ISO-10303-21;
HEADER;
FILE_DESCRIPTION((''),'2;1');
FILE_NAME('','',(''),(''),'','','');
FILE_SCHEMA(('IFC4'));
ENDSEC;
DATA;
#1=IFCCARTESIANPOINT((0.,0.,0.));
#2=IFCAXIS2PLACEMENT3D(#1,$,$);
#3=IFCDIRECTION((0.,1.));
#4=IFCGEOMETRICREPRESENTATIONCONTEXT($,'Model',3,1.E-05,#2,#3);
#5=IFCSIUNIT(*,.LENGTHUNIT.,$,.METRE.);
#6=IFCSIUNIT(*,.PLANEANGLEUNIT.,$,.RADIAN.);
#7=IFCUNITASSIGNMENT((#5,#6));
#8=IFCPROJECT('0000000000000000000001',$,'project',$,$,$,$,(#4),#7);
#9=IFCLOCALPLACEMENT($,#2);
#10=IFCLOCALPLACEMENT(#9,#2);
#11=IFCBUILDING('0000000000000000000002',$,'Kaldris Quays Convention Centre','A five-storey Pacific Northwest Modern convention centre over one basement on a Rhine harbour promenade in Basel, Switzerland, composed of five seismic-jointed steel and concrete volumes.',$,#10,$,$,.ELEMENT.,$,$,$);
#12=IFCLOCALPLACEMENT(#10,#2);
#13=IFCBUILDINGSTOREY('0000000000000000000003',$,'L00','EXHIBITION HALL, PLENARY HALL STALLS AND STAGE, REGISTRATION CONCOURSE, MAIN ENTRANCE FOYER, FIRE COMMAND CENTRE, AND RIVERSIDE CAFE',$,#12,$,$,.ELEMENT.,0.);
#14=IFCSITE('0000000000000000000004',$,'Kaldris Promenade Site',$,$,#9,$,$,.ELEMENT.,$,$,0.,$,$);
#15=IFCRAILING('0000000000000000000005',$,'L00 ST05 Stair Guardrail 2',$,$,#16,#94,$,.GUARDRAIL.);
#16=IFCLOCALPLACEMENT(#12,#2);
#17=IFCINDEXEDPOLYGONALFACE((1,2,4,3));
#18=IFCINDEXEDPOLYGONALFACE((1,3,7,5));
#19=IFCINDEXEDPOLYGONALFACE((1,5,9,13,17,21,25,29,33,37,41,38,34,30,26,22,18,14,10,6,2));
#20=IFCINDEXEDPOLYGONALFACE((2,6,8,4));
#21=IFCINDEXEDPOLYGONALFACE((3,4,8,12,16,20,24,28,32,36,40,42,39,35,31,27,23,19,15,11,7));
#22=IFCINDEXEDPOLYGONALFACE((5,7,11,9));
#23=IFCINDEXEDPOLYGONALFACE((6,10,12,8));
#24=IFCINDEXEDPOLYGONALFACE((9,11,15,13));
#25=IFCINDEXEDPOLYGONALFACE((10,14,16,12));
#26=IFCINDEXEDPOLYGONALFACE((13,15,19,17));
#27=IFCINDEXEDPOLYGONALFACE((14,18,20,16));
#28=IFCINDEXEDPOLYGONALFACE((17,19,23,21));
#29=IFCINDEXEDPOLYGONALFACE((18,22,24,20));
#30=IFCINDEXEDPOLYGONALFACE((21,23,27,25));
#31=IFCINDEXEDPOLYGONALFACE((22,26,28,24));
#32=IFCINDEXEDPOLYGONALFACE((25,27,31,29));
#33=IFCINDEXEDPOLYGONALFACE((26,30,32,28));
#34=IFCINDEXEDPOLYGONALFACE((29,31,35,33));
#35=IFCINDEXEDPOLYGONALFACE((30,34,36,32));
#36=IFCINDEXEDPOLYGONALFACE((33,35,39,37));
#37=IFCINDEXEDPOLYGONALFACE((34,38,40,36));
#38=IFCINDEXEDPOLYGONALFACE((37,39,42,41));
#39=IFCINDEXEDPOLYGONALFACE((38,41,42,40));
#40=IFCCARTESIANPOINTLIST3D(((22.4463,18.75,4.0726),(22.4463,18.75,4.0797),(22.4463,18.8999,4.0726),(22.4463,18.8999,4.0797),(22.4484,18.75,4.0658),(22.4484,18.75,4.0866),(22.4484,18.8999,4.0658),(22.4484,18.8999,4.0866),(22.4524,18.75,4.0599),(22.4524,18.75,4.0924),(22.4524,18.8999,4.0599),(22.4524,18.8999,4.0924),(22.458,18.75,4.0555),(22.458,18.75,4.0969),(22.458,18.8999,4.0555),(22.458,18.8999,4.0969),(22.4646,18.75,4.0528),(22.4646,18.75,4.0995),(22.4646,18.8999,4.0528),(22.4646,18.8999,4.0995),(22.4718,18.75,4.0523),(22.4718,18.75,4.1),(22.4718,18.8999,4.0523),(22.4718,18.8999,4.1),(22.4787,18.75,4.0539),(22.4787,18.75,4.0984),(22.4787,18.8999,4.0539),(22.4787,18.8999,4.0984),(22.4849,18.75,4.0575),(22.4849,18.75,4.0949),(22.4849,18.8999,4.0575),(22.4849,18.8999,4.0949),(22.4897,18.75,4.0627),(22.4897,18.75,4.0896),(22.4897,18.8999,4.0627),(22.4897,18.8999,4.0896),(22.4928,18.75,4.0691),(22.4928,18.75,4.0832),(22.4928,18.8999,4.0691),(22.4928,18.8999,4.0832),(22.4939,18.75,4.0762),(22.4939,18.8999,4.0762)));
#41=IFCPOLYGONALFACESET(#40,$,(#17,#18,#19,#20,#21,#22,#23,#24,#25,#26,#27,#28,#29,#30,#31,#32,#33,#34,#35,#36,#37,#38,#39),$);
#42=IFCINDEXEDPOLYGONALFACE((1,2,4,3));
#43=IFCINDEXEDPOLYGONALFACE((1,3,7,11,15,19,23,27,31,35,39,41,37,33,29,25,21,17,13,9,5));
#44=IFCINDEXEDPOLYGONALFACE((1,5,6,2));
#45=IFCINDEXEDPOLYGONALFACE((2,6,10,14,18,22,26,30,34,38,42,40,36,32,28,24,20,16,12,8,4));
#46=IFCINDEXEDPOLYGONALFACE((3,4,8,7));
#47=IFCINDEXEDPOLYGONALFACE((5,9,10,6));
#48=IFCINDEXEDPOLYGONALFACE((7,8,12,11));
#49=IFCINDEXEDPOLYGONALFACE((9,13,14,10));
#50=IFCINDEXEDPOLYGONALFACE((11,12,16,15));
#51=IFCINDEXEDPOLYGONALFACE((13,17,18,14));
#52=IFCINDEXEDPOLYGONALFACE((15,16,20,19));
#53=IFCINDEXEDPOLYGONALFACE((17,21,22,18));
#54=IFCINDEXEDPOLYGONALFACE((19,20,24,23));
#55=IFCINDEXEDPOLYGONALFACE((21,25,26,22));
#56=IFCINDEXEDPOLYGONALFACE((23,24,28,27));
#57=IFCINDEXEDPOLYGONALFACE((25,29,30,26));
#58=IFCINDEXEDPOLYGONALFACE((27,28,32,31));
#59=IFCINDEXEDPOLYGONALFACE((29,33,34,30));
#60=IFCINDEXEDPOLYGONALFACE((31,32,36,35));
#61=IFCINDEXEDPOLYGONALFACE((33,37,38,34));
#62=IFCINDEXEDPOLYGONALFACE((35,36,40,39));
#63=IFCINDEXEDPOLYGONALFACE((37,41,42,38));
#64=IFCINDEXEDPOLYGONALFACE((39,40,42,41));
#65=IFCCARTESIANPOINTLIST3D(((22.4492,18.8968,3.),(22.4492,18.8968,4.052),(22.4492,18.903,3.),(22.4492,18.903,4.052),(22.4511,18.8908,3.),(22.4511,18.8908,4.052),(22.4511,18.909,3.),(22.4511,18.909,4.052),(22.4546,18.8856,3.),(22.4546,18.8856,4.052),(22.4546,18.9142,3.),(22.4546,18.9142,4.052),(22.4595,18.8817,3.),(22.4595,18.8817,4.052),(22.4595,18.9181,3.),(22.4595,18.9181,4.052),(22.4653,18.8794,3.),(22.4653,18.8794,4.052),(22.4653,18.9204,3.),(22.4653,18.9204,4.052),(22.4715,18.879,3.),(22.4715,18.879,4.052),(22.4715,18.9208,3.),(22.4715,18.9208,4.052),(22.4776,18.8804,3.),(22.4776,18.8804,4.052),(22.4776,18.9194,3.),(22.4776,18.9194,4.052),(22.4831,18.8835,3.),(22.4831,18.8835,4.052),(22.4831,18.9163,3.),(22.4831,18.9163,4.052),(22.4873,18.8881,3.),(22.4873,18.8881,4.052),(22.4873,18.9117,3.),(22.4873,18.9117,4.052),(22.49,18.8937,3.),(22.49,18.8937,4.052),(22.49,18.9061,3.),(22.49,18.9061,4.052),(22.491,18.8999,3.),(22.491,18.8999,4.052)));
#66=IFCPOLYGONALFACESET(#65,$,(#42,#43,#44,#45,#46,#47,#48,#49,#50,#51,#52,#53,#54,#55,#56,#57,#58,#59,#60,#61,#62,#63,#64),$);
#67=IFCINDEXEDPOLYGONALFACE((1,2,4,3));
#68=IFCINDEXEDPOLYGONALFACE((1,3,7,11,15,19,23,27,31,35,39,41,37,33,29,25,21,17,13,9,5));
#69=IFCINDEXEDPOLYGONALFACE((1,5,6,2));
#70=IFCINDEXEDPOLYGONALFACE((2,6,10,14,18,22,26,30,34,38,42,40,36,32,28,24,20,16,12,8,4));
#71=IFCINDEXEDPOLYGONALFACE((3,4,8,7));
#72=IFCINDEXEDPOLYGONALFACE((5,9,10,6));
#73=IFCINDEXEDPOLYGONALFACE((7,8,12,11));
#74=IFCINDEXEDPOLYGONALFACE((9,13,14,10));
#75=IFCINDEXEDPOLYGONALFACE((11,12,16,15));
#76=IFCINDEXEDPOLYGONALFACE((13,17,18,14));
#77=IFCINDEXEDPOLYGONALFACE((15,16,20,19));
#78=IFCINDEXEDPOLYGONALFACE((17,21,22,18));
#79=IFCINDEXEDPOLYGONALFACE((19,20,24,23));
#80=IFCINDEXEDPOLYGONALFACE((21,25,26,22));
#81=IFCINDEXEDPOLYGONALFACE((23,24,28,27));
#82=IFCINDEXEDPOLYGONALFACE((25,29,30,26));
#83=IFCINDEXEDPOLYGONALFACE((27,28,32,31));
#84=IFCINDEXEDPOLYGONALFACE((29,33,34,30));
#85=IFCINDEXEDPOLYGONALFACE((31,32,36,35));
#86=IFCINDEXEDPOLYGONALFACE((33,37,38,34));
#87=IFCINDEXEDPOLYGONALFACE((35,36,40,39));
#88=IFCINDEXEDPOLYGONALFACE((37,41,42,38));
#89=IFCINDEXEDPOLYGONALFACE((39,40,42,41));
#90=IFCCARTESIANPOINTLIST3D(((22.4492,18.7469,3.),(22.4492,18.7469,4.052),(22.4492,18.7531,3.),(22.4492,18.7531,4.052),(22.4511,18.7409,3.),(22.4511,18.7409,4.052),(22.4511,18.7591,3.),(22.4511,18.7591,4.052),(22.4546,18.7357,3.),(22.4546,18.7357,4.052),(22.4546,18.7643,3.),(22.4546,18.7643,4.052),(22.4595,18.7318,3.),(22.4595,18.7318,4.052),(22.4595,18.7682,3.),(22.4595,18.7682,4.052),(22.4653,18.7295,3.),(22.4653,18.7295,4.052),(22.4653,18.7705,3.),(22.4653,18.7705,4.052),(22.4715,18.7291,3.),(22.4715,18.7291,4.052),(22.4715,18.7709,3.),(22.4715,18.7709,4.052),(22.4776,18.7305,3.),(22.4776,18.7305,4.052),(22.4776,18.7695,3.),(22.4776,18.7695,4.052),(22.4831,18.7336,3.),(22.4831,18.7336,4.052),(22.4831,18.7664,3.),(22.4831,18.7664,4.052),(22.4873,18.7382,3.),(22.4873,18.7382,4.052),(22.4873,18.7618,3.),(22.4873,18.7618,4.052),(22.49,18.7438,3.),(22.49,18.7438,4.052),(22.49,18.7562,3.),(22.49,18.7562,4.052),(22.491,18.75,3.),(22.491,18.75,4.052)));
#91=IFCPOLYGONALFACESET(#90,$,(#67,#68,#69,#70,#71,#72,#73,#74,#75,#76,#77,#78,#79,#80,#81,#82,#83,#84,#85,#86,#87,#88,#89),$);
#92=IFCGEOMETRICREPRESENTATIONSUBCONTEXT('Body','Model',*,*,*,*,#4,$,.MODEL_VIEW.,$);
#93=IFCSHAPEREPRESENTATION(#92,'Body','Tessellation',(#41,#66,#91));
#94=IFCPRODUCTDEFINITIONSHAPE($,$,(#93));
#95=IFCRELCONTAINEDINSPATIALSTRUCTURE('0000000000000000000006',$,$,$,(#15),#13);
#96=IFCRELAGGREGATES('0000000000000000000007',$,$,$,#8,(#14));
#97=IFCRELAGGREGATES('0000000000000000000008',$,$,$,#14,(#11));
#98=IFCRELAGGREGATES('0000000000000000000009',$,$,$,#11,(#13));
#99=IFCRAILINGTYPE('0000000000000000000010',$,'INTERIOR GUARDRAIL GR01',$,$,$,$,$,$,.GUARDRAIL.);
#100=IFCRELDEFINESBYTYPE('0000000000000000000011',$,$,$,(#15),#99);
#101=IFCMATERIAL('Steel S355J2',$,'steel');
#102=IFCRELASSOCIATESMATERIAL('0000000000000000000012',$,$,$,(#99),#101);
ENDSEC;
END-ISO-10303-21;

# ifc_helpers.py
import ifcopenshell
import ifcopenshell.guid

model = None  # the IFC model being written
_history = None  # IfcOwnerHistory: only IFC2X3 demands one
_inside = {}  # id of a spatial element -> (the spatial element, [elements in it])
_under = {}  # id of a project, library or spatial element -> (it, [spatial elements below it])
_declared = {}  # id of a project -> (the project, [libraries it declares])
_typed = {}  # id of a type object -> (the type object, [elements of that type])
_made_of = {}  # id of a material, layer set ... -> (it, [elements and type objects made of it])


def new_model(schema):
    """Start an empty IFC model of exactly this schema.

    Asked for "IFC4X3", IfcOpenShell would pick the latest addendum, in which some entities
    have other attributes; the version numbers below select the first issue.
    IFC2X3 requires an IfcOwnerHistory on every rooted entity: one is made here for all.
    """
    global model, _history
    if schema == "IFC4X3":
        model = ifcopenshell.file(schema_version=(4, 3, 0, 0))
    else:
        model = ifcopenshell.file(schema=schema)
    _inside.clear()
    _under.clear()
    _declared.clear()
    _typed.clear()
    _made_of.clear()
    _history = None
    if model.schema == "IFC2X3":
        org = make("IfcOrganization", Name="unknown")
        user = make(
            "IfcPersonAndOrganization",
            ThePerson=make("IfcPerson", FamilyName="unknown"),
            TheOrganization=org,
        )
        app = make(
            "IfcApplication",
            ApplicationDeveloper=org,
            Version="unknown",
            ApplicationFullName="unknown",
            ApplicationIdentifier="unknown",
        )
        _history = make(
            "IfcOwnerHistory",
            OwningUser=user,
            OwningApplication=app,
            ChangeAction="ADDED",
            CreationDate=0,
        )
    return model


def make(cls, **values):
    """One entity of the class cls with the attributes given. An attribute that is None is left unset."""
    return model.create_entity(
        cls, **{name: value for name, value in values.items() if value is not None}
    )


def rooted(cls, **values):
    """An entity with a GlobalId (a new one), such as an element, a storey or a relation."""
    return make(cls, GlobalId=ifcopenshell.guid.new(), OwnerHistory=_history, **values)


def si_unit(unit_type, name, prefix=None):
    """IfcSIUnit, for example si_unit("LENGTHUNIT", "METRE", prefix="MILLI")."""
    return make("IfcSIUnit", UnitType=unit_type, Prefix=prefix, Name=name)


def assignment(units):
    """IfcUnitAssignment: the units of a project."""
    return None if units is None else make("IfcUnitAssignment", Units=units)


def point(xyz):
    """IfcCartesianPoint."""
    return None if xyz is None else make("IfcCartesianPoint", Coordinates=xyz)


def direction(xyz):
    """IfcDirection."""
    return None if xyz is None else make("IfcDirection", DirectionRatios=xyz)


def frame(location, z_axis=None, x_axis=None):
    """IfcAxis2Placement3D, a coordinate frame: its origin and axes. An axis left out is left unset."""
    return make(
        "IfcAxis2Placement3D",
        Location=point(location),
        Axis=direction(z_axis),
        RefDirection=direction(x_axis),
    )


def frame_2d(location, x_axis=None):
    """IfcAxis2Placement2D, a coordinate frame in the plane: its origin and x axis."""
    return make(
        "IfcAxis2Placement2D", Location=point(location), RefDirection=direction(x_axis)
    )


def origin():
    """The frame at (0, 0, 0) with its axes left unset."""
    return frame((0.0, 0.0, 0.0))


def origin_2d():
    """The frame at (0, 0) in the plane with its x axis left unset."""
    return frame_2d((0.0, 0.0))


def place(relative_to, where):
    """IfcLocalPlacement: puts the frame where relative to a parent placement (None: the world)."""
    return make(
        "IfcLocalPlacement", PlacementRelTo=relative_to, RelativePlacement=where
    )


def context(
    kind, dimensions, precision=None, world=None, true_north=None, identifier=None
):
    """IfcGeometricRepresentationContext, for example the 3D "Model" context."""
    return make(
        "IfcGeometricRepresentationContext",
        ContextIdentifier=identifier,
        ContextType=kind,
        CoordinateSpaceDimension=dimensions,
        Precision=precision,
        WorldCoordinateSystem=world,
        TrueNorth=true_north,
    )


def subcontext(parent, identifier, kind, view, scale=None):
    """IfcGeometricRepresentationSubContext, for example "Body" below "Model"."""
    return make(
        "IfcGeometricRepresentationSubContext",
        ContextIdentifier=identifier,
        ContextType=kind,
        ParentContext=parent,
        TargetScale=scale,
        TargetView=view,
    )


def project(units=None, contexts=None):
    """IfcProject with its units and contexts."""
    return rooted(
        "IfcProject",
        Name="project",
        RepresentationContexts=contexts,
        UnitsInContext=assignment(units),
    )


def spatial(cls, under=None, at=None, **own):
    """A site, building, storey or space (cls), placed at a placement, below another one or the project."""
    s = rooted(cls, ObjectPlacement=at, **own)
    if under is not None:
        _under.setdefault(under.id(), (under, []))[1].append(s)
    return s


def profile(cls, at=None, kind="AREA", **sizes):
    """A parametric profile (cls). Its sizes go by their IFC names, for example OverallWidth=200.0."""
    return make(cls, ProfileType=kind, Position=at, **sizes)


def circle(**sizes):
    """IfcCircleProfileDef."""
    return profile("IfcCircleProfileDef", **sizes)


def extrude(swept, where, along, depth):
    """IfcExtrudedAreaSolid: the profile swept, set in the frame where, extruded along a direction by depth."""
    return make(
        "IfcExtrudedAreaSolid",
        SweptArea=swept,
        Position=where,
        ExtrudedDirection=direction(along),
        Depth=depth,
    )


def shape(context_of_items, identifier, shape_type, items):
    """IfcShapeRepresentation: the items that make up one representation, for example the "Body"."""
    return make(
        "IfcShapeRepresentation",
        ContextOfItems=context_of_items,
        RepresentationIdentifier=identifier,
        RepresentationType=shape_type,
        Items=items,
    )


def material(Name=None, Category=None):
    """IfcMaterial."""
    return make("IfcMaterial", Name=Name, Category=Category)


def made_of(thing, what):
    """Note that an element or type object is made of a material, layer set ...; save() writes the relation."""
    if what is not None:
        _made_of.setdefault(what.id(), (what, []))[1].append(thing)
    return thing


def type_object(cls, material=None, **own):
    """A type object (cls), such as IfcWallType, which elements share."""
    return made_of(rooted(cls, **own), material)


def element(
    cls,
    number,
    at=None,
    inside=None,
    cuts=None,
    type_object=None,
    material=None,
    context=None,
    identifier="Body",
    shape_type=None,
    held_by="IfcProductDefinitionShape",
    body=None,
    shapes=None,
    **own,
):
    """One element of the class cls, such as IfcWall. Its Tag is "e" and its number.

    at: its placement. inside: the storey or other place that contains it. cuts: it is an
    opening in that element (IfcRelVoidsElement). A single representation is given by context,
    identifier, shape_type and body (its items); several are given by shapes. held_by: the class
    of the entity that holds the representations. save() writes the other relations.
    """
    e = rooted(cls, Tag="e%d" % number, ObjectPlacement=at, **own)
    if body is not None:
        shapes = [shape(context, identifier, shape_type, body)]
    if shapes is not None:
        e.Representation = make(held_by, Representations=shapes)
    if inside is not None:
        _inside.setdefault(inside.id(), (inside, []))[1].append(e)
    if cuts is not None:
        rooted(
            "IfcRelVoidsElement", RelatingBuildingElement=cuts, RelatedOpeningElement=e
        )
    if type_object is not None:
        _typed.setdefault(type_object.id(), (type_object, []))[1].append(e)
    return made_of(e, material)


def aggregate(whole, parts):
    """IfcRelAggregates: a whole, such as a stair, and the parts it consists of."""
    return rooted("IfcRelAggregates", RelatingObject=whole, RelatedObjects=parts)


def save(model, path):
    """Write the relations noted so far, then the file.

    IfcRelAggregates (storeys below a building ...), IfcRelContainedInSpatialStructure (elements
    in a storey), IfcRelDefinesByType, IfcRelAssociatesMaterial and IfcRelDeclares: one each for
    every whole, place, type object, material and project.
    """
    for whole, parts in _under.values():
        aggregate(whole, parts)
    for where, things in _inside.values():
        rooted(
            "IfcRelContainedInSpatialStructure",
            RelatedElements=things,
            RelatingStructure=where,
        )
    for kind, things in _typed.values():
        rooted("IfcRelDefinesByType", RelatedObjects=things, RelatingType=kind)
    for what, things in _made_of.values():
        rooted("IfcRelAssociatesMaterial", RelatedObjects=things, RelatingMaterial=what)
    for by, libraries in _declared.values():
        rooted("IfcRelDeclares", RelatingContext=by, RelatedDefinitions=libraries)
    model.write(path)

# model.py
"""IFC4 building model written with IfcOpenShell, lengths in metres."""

from ifc_helpers import new_model, si_unit, direction, frame, origin, origin_2d, place, context, subcontext, project, spatial, circle, extrude, material, type_object, element, save


model = new_model("IFC4")

# Units and contexts
model_context = context("Model", 3, precision=1e-05, world=origin(), true_north=direction((0.0, 1.0)))
body_context = subcontext(model_context, "Body", "Model", "MODEL_VIEW")
ifc_project = project(units=[si_unit("LENGTHUNIT", "METRE"), si_unit("PLANEANGLEUNIT", "RADIAN")], contexts=[model_context])

# Site, building, storey
site_placement = place(None, origin())
site = spatial("IfcSite", under=ifc_project, at=site_placement, Name="Kaldris Promenade Site", CompositionType="ELEMENT", RefElevation=0.0)
building_placement = place(site_placement, origin())
building = spatial("IfcBuilding", under=site, at=building_placement, Name="Kaldris Quays Convention Centre", Description="A five-storey Pacific Northwest Modern convention centre over one basement on a Rhine harbour promenade in Basel, Switzerland, composed of five seismic-jointed steel and concrete volumes.", CompositionType="ELEMENT")
storey_placement = place(building_placement, origin())
storey = spatial("IfcBuildingStorey", under=building, at=storey_placement, Name="L00", Description="EXHIBITION HALL, PLENARY HALL STALLS AND STAGE, REGISTRATION CONCOURSE, MAIN ENTRANCE FOYER, FIRE COMMAND CENTRE, AND RIVERSIDE CAFE", CompositionType="ELEMENT", Elevation=0.0)

# Shared definitions
ifc_material_1 = material(Name="Steel S355J2", Category="steel")

# Railing
railing_type_1 = type_object("IfcRailingType", Name="INTERIOR GUARDRAIL GR01", PredefinedType="GUARDRAIL", material=ifc_material_1)
railing_1_placement = place(storey_placement, frame((22.47, 18.8999, 3.0)))
element("IfcRailing", 1, at=railing_1_placement, inside=storey, type_object=railing_type_1, Name="L00 ST05 Stair Guardrail 2", PredefinedType="GUARDRAIL", context=body_context, shape_type="SweptSolid", body=[
    extrude(circle(Radius=0.0239, at=origin_2d()), frame((0.0, 0.0, 1.0762), z_axis=(0.0, -1.0, 0.0), x_axis=(1.0, 0.0, 0.0)), (0.0, 0.0, 1.0), 0.1499),
    extrude(circle(Radius=0.021, at=origin_2d()), origin(), (0.0, 0.0, 1.0), 1.052),
    extrude(circle(Radius=0.021, at=origin_2d()), frame((0.0, -0.1499, 0.0)), (0.0, 0.0, 1.0), 1.052),
])

save(model, "model.ifc")
